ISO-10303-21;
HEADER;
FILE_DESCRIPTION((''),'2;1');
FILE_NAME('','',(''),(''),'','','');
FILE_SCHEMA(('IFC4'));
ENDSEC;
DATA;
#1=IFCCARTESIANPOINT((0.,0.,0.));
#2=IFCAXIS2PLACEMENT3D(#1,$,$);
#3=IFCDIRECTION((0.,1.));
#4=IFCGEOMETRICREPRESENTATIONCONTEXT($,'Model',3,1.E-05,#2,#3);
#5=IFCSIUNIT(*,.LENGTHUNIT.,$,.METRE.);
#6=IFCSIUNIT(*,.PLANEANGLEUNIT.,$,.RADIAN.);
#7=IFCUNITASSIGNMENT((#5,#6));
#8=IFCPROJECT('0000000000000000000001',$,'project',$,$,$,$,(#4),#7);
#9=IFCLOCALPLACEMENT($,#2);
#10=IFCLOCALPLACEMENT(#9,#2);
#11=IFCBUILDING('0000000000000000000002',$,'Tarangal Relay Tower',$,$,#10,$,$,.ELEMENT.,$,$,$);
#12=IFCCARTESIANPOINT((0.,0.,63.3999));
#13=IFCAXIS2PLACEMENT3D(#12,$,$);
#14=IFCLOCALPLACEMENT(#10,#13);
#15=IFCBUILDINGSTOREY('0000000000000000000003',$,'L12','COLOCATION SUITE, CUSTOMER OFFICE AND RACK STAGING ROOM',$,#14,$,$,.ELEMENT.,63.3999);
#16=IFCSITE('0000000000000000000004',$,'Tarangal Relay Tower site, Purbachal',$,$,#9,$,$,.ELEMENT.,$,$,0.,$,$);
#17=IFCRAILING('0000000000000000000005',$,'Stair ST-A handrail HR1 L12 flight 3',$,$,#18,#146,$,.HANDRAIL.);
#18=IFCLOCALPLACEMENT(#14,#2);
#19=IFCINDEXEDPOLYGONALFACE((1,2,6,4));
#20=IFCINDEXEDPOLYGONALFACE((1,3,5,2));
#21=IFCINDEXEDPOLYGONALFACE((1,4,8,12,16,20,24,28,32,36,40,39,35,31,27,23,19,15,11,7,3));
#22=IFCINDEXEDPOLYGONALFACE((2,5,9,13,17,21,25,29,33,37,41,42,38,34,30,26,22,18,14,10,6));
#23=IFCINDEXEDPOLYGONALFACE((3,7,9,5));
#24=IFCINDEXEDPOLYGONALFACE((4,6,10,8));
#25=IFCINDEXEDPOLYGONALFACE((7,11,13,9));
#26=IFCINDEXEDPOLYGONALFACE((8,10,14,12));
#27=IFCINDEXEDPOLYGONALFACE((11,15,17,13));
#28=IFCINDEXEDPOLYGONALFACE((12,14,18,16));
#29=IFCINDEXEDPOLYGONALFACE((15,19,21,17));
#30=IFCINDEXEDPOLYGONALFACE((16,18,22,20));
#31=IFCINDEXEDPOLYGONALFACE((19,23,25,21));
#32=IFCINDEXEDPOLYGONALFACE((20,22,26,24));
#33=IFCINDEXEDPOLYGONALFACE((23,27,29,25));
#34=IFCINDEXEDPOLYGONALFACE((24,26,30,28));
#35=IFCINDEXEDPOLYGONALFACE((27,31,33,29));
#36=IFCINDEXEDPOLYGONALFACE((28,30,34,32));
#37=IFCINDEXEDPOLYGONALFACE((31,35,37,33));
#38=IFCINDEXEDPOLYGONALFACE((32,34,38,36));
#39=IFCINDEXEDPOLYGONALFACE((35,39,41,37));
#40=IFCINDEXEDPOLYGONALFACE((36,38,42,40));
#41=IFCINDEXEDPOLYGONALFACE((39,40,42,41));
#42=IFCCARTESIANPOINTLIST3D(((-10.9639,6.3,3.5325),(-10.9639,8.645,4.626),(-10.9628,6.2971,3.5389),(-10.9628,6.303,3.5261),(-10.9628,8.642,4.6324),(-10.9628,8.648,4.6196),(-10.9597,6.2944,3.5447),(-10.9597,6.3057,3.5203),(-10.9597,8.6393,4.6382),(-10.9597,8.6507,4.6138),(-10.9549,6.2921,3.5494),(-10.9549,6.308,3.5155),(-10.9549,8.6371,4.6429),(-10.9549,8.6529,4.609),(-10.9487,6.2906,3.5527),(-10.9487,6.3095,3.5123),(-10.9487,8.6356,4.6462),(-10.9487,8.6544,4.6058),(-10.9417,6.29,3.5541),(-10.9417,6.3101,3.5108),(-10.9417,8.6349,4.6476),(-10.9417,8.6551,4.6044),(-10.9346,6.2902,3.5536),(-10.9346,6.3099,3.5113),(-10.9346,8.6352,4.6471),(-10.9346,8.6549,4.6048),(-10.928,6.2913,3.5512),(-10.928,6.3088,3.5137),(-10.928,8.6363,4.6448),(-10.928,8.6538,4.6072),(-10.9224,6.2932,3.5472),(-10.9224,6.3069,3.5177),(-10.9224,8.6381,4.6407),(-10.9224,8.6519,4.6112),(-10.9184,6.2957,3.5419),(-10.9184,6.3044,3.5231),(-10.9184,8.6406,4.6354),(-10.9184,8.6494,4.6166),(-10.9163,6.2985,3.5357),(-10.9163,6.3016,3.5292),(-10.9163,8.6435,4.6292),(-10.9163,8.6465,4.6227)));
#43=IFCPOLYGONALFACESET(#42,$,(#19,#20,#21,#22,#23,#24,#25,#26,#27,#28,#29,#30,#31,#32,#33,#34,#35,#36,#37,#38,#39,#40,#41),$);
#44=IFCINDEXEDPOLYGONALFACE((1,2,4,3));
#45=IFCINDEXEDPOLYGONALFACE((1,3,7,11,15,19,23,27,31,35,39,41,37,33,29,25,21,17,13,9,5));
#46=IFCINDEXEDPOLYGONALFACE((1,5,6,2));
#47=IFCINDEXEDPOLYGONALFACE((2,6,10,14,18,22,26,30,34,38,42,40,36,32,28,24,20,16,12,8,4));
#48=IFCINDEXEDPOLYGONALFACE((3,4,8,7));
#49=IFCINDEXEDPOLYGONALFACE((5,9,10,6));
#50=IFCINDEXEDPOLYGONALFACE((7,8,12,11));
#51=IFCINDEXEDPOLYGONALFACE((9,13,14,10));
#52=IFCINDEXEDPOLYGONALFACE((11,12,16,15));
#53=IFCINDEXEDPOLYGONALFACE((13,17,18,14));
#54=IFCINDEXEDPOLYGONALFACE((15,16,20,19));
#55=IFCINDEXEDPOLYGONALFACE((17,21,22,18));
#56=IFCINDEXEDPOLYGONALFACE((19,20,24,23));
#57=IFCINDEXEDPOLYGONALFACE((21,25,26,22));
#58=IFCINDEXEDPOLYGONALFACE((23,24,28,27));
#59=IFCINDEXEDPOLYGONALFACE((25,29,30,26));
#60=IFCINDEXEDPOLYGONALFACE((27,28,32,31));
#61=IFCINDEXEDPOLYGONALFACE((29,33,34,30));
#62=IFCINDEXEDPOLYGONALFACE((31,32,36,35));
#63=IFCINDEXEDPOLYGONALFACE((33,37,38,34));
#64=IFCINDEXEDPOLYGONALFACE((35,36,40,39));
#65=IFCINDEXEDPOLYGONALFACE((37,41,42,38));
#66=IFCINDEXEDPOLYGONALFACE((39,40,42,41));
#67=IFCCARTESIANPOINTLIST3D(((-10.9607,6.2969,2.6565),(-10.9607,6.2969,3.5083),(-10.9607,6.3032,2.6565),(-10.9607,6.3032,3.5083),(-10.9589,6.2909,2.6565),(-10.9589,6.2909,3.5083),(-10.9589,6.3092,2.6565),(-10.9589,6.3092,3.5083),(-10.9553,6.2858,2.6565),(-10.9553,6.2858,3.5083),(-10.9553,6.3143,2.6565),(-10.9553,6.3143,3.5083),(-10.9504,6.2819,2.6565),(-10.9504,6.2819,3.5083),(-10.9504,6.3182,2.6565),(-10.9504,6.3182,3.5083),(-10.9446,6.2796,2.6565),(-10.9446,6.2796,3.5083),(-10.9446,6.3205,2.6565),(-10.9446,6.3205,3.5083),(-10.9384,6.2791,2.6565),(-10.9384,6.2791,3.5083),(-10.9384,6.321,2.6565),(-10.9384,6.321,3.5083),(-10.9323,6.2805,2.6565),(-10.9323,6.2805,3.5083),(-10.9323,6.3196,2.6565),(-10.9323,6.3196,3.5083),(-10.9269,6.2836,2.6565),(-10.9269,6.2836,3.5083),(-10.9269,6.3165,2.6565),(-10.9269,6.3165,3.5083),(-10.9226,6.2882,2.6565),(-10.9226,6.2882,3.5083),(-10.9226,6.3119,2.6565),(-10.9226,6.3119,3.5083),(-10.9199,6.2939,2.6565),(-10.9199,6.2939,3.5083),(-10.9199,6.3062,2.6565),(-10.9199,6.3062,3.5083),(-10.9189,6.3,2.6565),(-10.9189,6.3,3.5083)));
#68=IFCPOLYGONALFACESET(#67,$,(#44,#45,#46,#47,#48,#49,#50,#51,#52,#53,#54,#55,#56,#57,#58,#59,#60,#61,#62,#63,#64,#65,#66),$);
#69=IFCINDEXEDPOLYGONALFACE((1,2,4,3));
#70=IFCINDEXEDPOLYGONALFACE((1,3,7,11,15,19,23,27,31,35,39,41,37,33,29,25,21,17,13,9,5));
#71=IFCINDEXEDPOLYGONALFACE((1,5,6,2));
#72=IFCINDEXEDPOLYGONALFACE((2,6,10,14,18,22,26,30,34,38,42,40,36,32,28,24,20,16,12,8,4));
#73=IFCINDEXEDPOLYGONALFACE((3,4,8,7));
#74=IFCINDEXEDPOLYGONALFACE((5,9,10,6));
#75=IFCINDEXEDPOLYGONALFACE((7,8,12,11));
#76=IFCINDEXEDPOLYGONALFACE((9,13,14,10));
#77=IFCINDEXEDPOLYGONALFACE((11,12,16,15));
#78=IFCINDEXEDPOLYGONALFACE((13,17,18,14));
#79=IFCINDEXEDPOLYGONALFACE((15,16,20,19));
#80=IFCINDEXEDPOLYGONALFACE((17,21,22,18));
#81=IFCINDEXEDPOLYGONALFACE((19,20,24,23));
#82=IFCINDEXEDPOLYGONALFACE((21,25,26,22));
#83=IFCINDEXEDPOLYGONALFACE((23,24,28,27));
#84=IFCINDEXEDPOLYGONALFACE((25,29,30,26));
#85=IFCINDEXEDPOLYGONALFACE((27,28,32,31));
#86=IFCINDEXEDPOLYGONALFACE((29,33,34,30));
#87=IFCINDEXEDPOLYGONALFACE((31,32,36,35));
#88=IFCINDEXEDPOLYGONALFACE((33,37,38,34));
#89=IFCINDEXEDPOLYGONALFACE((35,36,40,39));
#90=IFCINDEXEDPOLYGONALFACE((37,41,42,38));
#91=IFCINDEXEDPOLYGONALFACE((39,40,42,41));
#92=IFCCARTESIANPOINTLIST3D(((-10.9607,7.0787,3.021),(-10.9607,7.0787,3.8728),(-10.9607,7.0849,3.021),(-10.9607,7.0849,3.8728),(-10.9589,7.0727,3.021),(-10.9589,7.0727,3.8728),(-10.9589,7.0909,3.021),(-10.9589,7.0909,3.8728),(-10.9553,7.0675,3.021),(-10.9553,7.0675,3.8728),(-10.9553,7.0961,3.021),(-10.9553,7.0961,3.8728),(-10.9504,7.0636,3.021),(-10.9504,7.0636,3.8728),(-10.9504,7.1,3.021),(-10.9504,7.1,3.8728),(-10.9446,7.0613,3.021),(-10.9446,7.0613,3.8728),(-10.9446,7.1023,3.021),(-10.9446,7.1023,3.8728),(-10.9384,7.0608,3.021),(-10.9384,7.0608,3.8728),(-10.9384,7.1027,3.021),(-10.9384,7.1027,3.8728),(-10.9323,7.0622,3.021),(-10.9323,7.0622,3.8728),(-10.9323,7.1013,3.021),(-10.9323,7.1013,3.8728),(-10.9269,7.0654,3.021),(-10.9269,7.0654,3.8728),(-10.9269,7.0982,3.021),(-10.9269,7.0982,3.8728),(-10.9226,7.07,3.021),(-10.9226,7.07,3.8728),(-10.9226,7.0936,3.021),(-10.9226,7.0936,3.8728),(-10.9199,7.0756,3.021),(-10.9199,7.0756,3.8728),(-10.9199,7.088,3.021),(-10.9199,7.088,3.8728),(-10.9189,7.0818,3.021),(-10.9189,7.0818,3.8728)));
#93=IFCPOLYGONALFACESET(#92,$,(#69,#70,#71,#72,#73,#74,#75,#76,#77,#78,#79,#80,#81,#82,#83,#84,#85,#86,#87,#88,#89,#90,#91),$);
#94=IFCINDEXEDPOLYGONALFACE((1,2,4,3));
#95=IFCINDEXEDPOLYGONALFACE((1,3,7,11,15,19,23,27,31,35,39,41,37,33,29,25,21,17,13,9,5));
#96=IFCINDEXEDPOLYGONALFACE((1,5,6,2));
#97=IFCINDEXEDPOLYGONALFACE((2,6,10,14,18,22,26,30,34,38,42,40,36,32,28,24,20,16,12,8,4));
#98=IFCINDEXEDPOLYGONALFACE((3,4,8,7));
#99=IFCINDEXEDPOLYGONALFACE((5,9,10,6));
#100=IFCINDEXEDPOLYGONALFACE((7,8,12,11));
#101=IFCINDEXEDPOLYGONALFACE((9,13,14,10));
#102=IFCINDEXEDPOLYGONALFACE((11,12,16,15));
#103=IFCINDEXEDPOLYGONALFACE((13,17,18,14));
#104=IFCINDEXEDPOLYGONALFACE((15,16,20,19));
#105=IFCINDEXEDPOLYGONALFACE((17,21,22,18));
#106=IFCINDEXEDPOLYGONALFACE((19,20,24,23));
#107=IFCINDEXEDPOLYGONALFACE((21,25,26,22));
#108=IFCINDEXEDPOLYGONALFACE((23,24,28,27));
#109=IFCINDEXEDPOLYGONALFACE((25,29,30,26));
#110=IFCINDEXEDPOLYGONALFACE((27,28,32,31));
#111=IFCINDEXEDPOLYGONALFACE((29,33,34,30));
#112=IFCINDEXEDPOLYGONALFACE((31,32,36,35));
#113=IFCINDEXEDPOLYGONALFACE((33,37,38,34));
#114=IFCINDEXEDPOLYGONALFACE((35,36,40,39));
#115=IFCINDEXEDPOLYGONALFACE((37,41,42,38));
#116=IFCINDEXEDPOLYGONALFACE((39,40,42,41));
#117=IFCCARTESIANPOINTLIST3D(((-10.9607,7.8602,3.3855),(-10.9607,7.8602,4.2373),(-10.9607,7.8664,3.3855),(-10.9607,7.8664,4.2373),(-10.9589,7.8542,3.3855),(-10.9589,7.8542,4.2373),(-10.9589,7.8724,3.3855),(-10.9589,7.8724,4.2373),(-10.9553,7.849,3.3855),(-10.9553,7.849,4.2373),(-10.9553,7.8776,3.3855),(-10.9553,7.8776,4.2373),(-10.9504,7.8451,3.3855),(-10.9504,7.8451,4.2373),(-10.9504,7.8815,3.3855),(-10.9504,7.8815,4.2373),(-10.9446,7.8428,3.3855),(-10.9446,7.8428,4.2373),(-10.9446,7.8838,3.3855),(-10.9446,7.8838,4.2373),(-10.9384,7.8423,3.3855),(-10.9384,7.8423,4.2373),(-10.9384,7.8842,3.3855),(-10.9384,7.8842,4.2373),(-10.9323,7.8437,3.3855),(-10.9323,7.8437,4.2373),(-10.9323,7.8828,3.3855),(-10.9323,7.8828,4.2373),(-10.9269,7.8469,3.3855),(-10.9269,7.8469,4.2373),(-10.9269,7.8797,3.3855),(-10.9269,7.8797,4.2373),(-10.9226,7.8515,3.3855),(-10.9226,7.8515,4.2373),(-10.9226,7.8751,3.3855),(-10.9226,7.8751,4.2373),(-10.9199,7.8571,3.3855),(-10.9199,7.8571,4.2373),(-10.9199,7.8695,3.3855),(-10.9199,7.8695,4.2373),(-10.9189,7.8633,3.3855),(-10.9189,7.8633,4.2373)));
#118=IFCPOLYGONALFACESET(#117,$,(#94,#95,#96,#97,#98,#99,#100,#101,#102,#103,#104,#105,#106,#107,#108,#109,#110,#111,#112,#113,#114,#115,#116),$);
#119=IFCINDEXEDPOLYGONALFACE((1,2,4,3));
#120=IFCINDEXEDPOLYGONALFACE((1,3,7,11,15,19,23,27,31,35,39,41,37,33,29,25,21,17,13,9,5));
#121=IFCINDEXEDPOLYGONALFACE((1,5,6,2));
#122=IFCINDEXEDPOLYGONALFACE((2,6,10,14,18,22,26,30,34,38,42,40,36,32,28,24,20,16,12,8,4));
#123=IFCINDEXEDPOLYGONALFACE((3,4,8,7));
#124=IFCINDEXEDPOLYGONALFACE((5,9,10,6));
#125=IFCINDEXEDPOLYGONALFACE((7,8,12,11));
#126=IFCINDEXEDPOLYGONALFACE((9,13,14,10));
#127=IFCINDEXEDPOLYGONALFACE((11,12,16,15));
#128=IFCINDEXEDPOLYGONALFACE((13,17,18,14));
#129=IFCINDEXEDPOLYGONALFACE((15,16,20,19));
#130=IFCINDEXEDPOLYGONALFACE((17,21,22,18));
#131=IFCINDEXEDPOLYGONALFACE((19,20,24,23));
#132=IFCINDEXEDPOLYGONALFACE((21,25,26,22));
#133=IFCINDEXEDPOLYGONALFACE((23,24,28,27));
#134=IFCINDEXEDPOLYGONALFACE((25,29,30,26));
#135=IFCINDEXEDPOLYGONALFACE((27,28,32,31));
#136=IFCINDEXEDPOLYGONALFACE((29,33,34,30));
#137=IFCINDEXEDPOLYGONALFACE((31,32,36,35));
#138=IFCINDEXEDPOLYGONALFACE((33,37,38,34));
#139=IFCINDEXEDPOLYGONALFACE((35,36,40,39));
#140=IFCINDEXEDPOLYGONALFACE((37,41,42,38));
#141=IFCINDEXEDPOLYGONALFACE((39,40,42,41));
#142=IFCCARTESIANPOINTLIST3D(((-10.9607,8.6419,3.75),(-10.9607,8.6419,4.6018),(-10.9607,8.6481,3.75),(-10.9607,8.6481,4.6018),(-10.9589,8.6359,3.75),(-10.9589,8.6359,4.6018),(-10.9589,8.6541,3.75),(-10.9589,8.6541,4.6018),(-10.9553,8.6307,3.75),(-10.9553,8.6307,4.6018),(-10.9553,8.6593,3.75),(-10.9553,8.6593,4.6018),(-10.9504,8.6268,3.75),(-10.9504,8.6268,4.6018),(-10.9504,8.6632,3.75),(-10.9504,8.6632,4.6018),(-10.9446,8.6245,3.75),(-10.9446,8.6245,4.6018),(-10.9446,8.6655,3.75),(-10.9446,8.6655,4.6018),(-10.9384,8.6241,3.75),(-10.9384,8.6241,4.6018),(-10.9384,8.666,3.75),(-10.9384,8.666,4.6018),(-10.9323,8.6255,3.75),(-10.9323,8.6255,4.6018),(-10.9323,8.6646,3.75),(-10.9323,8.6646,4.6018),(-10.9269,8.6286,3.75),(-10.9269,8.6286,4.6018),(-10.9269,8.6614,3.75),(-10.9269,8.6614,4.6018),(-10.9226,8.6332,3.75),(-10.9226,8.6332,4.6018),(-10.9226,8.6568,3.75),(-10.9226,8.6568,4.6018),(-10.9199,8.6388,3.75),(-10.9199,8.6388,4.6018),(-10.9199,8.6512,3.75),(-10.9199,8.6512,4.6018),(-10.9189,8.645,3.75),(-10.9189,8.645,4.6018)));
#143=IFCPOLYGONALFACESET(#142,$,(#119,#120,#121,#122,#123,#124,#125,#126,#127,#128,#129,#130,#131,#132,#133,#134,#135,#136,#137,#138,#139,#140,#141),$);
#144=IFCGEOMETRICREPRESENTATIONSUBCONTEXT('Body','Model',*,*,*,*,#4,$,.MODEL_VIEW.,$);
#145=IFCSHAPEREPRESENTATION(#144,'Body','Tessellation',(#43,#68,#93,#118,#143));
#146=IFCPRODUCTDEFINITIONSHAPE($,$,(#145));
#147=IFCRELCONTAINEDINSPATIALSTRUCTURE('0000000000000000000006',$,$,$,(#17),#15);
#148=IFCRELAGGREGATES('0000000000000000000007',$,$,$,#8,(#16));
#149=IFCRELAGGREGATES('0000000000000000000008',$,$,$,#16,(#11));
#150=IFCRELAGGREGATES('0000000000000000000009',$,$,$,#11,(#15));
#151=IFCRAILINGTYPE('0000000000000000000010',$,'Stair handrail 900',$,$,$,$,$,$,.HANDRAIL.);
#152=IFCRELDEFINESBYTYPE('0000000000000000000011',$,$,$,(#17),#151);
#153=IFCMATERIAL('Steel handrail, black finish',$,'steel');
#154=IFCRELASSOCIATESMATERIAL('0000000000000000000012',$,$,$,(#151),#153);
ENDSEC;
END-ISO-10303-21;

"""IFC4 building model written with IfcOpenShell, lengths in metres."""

from ifc_helpers import new_model, si_unit, direction, frame, origin, origin_2d, place, context, subcontext, project, spatial, circle, extrude, material, type_object, element, save


model = new_model("IFC4")

# Units and contexts
model_context = context("Model", 3, precision=1e-05, world=origin(), true_north=direction((0.0, 1.0)))
body_context = subcontext(model_context, "Body", "Model", "MODEL_VIEW")
ifc_project = project(units=[si_unit("LENGTHUNIT", "METRE"), si_unit("PLANEANGLEUNIT", "RADIAN")], contexts=[model_context])

# Site, building, storey
site_placement = place(None, origin())
site = spatial("IfcSite", under=ifc_project, at=site_placement, Name="Tarangal Relay Tower site, Purbachal", CompositionType="ELEMENT", RefElevation=0.0)
building_placement = place(site_placement, origin())
building = spatial("IfcBuilding", under=site, at=building_placement, Name="Tarangal Relay Tower", CompositionType="ELEMENT")
storey_placement = place(building_placement, frame((0.0, 0.0, 63.3999)))
storey = spatial("IfcBuildingStorey", under=building, at=storey_placement, Name="L12", Description="COLOCATION SUITE, CUSTOMER OFFICE AND RACK STAGING ROOM", CompositionType="ELEMENT", Elevation=63.3999)

# Railing
ifc_material_1 = material(Name="Steel handrail, black finish", Category="steel")
railing_type_1 = type_object("IfcRailingType", Name="Stair handrail 900", PredefinedType="HANDRAIL", material=ifc_material_1)
railing_1_placement = place(storey_placement, frame((-10.9399, 6.3, 2.6565)))
element("IfcRailing", 1, at=railing_1_placement, inside=storey, type_object=railing_type_1, Name="Stair ST-A handrail HR1 L12 flight 3", PredefinedType="HANDRAIL", context=body_context, shape_type="SweptSolid", body=[
    extrude(circle(Radius=0.0239, at=origin_2d()), frame((0.0, 0.0, 0.876), z_axis=(0.0, 0.906304, 0.422627), x_axis=(-1.0, 0.0, 0.0)), (0.0, 0.0, 1.0), 2.5874),
    extrude(circle(Radius=0.021, at=origin_2d()), origin(), (0.0, 0.0, 1.0), 0.8518),
    extrude(circle(Radius=0.021, at=origin_2d()), frame((0.0, 0.7817, 0.3645)), (0.0, 0.0, 1.0), 0.8518),
    extrude(circle(Radius=0.021, at=origin_2d()), frame((0.0, 1.5632, 0.729)), (0.0, 0.0, 1.0), 0.8518),
    extrude(circle(Radius=0.021, at=origin_2d()), frame((0.0, 2.345, 1.0935)), (0.0, 0.0, 1.0), 0.8518),
])

save(model, "model.ifc")
